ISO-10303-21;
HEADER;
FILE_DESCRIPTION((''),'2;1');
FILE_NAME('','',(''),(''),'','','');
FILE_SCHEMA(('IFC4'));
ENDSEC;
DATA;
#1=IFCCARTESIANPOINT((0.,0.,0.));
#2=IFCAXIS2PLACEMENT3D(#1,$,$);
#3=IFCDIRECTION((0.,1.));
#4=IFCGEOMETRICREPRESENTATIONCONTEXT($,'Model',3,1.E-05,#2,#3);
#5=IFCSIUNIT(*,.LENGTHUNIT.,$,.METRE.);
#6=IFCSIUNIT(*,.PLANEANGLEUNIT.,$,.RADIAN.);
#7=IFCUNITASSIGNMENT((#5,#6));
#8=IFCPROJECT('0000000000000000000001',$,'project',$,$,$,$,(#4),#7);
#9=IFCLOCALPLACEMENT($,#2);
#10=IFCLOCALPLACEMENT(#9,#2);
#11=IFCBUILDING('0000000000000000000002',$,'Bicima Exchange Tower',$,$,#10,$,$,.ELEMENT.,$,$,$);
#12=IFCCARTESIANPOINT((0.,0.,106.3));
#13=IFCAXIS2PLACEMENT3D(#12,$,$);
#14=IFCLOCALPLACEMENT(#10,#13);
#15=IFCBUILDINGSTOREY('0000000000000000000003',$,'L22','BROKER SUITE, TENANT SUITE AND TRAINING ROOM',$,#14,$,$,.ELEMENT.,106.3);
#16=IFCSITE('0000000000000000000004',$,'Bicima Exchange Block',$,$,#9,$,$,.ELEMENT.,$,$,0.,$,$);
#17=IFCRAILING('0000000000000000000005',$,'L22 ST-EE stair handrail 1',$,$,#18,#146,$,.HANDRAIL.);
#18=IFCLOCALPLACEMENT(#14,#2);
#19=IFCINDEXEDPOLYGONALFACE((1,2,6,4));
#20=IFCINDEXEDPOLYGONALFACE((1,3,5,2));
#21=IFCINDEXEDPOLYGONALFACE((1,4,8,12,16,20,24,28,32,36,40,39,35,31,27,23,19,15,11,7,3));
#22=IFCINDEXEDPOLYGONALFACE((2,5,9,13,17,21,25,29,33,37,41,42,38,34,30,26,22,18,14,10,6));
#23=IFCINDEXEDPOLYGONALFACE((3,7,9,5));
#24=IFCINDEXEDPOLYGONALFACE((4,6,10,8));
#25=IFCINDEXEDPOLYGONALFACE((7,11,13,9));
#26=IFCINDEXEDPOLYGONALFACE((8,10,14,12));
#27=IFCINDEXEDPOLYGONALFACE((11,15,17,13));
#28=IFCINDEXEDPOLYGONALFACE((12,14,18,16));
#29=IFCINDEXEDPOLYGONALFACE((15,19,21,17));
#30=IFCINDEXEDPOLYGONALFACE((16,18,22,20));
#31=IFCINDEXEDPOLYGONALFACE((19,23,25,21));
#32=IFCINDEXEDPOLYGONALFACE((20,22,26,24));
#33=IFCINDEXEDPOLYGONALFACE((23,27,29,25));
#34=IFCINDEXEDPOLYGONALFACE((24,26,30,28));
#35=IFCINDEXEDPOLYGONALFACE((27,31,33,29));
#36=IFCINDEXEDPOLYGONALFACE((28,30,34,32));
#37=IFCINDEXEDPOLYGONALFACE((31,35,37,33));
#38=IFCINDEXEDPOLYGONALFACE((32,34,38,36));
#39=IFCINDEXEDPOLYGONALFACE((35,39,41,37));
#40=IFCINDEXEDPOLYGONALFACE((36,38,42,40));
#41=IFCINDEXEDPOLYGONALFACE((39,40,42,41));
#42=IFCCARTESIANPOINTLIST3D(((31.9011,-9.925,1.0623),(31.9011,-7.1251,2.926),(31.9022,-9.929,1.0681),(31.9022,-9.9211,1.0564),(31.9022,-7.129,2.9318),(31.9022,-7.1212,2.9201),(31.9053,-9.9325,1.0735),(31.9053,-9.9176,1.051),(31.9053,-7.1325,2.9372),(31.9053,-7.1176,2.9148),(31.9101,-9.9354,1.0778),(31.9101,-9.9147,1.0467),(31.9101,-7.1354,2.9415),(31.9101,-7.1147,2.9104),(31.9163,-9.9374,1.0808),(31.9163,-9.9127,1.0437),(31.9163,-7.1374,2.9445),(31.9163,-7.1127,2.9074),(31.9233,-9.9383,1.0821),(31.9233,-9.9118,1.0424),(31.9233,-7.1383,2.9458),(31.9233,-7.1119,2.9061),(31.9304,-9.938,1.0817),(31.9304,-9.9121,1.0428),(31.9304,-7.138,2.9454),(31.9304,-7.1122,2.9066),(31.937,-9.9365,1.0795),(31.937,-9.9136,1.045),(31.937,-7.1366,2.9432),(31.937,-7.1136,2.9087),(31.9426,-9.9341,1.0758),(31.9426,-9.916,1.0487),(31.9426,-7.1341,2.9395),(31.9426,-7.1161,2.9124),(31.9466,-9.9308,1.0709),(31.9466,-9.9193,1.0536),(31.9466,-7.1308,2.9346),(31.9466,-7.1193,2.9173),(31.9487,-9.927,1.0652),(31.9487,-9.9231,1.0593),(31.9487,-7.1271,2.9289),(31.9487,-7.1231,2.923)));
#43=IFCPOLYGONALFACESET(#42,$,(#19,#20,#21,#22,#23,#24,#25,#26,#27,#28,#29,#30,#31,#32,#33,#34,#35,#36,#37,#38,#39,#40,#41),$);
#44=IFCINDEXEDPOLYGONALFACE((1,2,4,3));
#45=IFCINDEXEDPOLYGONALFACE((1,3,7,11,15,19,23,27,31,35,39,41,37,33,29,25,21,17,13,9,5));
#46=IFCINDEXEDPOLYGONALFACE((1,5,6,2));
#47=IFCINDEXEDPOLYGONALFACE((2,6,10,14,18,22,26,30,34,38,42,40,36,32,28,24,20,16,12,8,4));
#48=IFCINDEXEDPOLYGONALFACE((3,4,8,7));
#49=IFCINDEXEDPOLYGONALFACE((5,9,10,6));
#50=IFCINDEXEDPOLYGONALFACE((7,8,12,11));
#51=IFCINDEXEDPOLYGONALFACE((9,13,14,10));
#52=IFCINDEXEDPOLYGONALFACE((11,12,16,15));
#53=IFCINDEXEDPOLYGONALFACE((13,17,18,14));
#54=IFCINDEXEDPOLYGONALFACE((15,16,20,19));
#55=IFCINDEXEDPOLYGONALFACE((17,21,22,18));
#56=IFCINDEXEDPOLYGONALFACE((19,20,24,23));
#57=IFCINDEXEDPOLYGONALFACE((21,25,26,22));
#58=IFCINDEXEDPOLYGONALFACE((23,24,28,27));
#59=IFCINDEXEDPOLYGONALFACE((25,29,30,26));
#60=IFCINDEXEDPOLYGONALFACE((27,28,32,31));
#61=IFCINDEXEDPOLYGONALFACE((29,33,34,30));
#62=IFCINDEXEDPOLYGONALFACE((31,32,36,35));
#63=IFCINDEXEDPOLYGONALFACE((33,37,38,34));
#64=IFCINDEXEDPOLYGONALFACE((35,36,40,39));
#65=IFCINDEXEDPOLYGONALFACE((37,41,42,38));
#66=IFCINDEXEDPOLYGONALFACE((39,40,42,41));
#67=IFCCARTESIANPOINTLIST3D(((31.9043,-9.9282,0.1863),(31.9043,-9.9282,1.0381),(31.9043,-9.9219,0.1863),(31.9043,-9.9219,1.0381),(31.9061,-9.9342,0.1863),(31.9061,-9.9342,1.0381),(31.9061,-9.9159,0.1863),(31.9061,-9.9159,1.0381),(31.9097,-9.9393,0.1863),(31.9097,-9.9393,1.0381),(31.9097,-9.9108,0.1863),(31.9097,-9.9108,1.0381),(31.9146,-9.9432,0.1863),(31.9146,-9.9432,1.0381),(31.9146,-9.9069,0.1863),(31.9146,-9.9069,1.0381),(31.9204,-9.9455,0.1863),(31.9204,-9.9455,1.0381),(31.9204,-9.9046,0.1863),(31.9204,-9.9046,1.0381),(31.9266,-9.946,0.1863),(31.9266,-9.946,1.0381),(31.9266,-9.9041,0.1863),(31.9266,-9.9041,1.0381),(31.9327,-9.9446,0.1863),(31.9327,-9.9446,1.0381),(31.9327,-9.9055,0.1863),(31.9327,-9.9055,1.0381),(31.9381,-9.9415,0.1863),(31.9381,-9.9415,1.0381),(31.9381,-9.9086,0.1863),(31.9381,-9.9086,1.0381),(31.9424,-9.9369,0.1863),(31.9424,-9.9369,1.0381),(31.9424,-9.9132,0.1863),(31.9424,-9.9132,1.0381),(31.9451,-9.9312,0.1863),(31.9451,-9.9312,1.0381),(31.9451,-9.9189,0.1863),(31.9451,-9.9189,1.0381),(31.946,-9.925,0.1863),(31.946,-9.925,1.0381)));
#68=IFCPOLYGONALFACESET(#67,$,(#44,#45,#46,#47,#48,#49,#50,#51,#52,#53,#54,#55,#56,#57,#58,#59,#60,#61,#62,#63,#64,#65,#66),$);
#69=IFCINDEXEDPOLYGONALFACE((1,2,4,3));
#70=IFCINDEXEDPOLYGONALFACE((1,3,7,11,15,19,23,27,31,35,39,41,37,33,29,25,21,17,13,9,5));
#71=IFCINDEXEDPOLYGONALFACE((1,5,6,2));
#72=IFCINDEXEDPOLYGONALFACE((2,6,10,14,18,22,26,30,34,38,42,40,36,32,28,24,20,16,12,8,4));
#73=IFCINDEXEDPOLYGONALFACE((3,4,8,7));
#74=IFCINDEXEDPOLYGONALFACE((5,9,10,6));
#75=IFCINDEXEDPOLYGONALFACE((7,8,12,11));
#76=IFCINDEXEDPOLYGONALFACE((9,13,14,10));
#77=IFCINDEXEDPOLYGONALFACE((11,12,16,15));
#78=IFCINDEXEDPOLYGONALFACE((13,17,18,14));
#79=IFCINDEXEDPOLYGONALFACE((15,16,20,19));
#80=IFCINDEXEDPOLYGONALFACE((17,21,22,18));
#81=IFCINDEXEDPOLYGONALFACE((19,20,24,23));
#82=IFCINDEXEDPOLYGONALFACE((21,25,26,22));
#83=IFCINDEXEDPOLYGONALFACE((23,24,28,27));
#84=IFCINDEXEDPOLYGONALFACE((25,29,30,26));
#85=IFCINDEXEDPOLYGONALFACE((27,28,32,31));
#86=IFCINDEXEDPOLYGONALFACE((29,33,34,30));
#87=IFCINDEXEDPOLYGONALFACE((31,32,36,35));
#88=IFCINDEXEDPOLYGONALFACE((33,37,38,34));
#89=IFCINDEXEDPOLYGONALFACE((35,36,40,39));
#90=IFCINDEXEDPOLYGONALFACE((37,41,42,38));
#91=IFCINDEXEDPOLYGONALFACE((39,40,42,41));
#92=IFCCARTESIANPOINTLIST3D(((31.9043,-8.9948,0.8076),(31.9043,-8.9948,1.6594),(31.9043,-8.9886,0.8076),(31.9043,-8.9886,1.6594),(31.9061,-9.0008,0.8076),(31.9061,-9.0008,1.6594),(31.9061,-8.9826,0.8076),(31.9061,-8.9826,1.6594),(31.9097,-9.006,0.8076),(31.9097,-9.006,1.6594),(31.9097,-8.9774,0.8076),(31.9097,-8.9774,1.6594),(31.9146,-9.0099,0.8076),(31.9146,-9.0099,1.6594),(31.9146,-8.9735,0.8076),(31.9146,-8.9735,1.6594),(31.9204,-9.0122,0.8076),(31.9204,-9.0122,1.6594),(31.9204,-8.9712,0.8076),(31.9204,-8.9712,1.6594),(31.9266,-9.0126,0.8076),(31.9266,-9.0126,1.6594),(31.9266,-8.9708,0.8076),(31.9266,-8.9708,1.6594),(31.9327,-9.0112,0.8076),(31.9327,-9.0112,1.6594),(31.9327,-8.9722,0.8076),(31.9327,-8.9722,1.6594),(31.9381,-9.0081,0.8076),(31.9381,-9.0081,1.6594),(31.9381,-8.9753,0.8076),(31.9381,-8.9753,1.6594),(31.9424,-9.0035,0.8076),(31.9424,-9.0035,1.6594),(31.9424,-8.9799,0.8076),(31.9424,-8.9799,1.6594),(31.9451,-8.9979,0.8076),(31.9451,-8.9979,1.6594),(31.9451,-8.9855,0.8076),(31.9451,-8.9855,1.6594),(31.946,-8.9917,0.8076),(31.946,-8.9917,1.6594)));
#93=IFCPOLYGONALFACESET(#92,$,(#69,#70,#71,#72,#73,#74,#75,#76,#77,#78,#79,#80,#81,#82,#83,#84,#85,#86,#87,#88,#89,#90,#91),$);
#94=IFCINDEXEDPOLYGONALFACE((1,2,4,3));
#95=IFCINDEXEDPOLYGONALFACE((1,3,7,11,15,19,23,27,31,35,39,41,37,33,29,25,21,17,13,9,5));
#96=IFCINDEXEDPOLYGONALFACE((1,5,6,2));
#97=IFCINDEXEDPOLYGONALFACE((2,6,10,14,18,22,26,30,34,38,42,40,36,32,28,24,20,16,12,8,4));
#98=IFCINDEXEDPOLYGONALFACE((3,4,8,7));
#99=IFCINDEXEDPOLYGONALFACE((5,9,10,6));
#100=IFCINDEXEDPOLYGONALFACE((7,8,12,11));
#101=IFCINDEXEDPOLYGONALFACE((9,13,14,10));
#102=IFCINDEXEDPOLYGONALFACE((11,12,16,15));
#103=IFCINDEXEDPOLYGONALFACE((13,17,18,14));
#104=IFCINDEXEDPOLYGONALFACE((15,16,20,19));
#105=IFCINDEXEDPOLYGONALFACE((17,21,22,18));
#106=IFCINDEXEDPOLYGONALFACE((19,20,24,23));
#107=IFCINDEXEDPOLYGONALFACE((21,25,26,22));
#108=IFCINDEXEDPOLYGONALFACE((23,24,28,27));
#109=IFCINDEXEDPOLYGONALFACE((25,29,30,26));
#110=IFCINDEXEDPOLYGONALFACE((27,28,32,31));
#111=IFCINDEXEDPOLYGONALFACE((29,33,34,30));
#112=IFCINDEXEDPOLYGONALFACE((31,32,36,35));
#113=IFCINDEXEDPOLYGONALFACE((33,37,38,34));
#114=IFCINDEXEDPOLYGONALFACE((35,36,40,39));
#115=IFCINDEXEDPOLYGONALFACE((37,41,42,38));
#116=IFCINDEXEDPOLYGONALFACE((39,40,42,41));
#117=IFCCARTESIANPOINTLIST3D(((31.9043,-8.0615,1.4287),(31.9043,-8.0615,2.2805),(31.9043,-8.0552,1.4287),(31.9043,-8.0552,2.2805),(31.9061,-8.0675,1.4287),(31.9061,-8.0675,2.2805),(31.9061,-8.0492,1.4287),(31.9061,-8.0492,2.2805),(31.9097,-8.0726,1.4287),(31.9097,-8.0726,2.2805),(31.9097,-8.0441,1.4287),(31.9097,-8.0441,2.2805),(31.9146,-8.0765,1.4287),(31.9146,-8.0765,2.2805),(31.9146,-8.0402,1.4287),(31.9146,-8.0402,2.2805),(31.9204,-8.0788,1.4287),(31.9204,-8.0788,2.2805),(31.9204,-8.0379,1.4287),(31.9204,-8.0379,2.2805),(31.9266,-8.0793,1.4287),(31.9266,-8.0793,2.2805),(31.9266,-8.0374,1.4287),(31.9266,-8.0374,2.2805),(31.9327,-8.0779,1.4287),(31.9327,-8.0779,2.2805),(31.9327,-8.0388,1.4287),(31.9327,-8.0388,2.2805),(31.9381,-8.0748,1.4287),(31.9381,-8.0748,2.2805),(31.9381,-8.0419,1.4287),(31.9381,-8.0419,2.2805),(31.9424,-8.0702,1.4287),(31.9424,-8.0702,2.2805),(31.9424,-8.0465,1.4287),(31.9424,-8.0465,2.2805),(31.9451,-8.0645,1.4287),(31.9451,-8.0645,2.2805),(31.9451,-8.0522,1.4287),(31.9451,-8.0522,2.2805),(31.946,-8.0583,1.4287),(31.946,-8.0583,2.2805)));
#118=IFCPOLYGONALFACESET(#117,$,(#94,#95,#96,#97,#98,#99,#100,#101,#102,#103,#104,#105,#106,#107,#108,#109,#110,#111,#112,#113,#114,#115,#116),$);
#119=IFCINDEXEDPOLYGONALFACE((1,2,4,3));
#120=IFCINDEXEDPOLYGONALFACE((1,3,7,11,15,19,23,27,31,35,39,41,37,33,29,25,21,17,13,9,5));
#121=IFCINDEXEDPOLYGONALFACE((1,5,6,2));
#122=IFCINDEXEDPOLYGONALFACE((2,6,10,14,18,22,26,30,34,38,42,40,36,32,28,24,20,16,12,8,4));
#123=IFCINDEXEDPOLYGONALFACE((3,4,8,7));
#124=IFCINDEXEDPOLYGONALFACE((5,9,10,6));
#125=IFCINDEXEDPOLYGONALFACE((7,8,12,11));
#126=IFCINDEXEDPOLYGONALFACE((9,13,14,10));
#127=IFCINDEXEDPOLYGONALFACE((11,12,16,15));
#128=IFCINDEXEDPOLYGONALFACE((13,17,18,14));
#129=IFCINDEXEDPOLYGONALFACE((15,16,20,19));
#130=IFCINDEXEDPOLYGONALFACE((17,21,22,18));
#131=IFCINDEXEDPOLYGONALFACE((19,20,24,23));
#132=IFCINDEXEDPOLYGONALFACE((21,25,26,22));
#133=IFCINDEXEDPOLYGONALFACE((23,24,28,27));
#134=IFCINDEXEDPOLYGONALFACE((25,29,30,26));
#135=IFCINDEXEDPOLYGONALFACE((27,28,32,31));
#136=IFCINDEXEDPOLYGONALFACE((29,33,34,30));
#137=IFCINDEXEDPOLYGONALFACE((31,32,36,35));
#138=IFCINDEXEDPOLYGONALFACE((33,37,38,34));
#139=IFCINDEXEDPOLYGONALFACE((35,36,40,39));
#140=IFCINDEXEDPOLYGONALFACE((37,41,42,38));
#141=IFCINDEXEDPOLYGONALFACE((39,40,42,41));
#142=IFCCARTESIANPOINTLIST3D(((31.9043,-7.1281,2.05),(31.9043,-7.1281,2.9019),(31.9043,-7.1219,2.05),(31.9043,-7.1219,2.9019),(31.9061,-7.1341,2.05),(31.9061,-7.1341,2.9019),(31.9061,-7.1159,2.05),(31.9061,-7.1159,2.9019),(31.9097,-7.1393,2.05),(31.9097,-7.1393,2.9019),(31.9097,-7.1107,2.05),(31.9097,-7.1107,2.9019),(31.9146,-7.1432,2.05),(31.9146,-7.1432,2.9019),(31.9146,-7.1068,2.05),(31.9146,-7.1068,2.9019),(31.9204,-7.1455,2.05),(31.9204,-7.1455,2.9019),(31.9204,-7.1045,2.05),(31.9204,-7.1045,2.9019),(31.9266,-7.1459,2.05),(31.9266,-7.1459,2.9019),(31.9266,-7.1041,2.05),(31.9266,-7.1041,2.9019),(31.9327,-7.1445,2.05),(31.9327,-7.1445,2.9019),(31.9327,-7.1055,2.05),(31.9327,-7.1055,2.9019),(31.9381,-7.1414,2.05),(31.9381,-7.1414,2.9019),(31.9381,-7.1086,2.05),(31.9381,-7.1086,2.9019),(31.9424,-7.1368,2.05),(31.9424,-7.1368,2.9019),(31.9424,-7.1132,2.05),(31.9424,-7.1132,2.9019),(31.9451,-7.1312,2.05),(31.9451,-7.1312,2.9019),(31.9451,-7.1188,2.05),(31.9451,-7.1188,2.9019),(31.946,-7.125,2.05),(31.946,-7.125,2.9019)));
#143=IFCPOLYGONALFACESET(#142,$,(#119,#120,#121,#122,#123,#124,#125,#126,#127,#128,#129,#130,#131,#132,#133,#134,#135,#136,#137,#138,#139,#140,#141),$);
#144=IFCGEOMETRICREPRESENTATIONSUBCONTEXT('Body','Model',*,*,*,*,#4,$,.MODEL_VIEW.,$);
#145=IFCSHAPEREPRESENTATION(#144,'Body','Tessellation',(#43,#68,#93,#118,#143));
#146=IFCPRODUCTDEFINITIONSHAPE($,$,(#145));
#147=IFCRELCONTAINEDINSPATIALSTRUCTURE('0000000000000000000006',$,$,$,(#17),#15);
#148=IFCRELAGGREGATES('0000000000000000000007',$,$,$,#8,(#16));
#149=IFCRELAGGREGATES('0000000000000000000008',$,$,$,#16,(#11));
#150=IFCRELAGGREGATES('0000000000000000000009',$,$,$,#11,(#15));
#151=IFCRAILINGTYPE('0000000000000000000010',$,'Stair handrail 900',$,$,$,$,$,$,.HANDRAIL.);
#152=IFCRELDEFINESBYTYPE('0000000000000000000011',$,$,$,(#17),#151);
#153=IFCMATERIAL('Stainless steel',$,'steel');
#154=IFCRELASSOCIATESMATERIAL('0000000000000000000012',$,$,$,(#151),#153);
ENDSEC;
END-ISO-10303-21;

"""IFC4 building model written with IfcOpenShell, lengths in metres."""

from ifc_helpers import new_model, si_unit, direction, frame, origin, origin_2d, place, context, subcontext, project, spatial, circle, extrude, material, type_object, element, save


model = new_model("IFC4")

# Units and contexts
model_context = context("Model", 3, precision=1e-05, world=origin(), true_north=direction((0.0, 1.0)))
body_context = subcontext(model_context, "Body", "Model", "MODEL_VIEW")
ifc_project = project(units=[si_unit("LENGTHUNIT", "METRE"), si_unit("PLANEANGLEUNIT", "RADIAN")], contexts=[model_context])

# Site, building, storey
site_placement = place(None, origin())
site = spatial("IfcSite", under=ifc_project, at=site_placement, Name="Bicima Exchange Block", CompositionType="ELEMENT", RefElevation=0.0)
building_placement = place(site_placement, origin())
building = spatial("IfcBuilding", under=site, at=building_placement, Name="Bicima Exchange Tower", CompositionType="ELEMENT")
storey_placement = place(building_placement, frame((0.0, 0.0, 106.3)))
storey = spatial("IfcBuildingStorey", under=building, at=storey_placement, Name="L22", Description="BROKER SUITE, TENANT SUITE AND TRAINING ROOM", CompositionType="ELEMENT", Elevation=106.3)

# Railing
ifc_material_1 = material(Name="Stainless steel", Category="steel")
railing_type_1 = type_object("IfcRailingType", Name="Stair handrail 900", PredefinedType="HANDRAIL", material=ifc_material_1)
railing_1_placement = place(storey_placement, frame((31.925, -9.925, 0.1863)))
element("IfcRailing", 1, at=railing_1_placement, inside=storey, type_object=railing_type_1, Name="L22 ST-EE stair handrail 1", PredefinedType="HANDRAIL", context=body_context, shape_type="SweptSolid", body=[
    extrude(circle(Radius=0.0239, at=origin_2d()), frame((0.0, 0.0, 0.876), z_axis=(0.0, 0.832452, 0.554097), x_axis=(-1.0, 0.0, 0.0)), (0.0, 0.0, 1.0), 3.3635),
    extrude(circle(Radius=0.021, at=origin_2d()), origin(), (0.0, 0.0, 1.0), 0.8518),
    extrude(circle(Radius=0.021, at=origin_2d()), frame((0.0, 0.9333, 0.6213)), (0.0, 0.0, 1.0), 0.8518),
    extrude(circle(Radius=0.021, at=origin_2d()), frame((0.0, 1.8667, 1.2424)), (0.0, 0.0, 1.0), 0.8518),
    extrude(circle(Radius=0.021, at=origin_2d()), frame((0.0, 2.8, 1.8638)), (0.0, 0.0, 1.0), 0.8518),
])

save(model, "model.ifc")
